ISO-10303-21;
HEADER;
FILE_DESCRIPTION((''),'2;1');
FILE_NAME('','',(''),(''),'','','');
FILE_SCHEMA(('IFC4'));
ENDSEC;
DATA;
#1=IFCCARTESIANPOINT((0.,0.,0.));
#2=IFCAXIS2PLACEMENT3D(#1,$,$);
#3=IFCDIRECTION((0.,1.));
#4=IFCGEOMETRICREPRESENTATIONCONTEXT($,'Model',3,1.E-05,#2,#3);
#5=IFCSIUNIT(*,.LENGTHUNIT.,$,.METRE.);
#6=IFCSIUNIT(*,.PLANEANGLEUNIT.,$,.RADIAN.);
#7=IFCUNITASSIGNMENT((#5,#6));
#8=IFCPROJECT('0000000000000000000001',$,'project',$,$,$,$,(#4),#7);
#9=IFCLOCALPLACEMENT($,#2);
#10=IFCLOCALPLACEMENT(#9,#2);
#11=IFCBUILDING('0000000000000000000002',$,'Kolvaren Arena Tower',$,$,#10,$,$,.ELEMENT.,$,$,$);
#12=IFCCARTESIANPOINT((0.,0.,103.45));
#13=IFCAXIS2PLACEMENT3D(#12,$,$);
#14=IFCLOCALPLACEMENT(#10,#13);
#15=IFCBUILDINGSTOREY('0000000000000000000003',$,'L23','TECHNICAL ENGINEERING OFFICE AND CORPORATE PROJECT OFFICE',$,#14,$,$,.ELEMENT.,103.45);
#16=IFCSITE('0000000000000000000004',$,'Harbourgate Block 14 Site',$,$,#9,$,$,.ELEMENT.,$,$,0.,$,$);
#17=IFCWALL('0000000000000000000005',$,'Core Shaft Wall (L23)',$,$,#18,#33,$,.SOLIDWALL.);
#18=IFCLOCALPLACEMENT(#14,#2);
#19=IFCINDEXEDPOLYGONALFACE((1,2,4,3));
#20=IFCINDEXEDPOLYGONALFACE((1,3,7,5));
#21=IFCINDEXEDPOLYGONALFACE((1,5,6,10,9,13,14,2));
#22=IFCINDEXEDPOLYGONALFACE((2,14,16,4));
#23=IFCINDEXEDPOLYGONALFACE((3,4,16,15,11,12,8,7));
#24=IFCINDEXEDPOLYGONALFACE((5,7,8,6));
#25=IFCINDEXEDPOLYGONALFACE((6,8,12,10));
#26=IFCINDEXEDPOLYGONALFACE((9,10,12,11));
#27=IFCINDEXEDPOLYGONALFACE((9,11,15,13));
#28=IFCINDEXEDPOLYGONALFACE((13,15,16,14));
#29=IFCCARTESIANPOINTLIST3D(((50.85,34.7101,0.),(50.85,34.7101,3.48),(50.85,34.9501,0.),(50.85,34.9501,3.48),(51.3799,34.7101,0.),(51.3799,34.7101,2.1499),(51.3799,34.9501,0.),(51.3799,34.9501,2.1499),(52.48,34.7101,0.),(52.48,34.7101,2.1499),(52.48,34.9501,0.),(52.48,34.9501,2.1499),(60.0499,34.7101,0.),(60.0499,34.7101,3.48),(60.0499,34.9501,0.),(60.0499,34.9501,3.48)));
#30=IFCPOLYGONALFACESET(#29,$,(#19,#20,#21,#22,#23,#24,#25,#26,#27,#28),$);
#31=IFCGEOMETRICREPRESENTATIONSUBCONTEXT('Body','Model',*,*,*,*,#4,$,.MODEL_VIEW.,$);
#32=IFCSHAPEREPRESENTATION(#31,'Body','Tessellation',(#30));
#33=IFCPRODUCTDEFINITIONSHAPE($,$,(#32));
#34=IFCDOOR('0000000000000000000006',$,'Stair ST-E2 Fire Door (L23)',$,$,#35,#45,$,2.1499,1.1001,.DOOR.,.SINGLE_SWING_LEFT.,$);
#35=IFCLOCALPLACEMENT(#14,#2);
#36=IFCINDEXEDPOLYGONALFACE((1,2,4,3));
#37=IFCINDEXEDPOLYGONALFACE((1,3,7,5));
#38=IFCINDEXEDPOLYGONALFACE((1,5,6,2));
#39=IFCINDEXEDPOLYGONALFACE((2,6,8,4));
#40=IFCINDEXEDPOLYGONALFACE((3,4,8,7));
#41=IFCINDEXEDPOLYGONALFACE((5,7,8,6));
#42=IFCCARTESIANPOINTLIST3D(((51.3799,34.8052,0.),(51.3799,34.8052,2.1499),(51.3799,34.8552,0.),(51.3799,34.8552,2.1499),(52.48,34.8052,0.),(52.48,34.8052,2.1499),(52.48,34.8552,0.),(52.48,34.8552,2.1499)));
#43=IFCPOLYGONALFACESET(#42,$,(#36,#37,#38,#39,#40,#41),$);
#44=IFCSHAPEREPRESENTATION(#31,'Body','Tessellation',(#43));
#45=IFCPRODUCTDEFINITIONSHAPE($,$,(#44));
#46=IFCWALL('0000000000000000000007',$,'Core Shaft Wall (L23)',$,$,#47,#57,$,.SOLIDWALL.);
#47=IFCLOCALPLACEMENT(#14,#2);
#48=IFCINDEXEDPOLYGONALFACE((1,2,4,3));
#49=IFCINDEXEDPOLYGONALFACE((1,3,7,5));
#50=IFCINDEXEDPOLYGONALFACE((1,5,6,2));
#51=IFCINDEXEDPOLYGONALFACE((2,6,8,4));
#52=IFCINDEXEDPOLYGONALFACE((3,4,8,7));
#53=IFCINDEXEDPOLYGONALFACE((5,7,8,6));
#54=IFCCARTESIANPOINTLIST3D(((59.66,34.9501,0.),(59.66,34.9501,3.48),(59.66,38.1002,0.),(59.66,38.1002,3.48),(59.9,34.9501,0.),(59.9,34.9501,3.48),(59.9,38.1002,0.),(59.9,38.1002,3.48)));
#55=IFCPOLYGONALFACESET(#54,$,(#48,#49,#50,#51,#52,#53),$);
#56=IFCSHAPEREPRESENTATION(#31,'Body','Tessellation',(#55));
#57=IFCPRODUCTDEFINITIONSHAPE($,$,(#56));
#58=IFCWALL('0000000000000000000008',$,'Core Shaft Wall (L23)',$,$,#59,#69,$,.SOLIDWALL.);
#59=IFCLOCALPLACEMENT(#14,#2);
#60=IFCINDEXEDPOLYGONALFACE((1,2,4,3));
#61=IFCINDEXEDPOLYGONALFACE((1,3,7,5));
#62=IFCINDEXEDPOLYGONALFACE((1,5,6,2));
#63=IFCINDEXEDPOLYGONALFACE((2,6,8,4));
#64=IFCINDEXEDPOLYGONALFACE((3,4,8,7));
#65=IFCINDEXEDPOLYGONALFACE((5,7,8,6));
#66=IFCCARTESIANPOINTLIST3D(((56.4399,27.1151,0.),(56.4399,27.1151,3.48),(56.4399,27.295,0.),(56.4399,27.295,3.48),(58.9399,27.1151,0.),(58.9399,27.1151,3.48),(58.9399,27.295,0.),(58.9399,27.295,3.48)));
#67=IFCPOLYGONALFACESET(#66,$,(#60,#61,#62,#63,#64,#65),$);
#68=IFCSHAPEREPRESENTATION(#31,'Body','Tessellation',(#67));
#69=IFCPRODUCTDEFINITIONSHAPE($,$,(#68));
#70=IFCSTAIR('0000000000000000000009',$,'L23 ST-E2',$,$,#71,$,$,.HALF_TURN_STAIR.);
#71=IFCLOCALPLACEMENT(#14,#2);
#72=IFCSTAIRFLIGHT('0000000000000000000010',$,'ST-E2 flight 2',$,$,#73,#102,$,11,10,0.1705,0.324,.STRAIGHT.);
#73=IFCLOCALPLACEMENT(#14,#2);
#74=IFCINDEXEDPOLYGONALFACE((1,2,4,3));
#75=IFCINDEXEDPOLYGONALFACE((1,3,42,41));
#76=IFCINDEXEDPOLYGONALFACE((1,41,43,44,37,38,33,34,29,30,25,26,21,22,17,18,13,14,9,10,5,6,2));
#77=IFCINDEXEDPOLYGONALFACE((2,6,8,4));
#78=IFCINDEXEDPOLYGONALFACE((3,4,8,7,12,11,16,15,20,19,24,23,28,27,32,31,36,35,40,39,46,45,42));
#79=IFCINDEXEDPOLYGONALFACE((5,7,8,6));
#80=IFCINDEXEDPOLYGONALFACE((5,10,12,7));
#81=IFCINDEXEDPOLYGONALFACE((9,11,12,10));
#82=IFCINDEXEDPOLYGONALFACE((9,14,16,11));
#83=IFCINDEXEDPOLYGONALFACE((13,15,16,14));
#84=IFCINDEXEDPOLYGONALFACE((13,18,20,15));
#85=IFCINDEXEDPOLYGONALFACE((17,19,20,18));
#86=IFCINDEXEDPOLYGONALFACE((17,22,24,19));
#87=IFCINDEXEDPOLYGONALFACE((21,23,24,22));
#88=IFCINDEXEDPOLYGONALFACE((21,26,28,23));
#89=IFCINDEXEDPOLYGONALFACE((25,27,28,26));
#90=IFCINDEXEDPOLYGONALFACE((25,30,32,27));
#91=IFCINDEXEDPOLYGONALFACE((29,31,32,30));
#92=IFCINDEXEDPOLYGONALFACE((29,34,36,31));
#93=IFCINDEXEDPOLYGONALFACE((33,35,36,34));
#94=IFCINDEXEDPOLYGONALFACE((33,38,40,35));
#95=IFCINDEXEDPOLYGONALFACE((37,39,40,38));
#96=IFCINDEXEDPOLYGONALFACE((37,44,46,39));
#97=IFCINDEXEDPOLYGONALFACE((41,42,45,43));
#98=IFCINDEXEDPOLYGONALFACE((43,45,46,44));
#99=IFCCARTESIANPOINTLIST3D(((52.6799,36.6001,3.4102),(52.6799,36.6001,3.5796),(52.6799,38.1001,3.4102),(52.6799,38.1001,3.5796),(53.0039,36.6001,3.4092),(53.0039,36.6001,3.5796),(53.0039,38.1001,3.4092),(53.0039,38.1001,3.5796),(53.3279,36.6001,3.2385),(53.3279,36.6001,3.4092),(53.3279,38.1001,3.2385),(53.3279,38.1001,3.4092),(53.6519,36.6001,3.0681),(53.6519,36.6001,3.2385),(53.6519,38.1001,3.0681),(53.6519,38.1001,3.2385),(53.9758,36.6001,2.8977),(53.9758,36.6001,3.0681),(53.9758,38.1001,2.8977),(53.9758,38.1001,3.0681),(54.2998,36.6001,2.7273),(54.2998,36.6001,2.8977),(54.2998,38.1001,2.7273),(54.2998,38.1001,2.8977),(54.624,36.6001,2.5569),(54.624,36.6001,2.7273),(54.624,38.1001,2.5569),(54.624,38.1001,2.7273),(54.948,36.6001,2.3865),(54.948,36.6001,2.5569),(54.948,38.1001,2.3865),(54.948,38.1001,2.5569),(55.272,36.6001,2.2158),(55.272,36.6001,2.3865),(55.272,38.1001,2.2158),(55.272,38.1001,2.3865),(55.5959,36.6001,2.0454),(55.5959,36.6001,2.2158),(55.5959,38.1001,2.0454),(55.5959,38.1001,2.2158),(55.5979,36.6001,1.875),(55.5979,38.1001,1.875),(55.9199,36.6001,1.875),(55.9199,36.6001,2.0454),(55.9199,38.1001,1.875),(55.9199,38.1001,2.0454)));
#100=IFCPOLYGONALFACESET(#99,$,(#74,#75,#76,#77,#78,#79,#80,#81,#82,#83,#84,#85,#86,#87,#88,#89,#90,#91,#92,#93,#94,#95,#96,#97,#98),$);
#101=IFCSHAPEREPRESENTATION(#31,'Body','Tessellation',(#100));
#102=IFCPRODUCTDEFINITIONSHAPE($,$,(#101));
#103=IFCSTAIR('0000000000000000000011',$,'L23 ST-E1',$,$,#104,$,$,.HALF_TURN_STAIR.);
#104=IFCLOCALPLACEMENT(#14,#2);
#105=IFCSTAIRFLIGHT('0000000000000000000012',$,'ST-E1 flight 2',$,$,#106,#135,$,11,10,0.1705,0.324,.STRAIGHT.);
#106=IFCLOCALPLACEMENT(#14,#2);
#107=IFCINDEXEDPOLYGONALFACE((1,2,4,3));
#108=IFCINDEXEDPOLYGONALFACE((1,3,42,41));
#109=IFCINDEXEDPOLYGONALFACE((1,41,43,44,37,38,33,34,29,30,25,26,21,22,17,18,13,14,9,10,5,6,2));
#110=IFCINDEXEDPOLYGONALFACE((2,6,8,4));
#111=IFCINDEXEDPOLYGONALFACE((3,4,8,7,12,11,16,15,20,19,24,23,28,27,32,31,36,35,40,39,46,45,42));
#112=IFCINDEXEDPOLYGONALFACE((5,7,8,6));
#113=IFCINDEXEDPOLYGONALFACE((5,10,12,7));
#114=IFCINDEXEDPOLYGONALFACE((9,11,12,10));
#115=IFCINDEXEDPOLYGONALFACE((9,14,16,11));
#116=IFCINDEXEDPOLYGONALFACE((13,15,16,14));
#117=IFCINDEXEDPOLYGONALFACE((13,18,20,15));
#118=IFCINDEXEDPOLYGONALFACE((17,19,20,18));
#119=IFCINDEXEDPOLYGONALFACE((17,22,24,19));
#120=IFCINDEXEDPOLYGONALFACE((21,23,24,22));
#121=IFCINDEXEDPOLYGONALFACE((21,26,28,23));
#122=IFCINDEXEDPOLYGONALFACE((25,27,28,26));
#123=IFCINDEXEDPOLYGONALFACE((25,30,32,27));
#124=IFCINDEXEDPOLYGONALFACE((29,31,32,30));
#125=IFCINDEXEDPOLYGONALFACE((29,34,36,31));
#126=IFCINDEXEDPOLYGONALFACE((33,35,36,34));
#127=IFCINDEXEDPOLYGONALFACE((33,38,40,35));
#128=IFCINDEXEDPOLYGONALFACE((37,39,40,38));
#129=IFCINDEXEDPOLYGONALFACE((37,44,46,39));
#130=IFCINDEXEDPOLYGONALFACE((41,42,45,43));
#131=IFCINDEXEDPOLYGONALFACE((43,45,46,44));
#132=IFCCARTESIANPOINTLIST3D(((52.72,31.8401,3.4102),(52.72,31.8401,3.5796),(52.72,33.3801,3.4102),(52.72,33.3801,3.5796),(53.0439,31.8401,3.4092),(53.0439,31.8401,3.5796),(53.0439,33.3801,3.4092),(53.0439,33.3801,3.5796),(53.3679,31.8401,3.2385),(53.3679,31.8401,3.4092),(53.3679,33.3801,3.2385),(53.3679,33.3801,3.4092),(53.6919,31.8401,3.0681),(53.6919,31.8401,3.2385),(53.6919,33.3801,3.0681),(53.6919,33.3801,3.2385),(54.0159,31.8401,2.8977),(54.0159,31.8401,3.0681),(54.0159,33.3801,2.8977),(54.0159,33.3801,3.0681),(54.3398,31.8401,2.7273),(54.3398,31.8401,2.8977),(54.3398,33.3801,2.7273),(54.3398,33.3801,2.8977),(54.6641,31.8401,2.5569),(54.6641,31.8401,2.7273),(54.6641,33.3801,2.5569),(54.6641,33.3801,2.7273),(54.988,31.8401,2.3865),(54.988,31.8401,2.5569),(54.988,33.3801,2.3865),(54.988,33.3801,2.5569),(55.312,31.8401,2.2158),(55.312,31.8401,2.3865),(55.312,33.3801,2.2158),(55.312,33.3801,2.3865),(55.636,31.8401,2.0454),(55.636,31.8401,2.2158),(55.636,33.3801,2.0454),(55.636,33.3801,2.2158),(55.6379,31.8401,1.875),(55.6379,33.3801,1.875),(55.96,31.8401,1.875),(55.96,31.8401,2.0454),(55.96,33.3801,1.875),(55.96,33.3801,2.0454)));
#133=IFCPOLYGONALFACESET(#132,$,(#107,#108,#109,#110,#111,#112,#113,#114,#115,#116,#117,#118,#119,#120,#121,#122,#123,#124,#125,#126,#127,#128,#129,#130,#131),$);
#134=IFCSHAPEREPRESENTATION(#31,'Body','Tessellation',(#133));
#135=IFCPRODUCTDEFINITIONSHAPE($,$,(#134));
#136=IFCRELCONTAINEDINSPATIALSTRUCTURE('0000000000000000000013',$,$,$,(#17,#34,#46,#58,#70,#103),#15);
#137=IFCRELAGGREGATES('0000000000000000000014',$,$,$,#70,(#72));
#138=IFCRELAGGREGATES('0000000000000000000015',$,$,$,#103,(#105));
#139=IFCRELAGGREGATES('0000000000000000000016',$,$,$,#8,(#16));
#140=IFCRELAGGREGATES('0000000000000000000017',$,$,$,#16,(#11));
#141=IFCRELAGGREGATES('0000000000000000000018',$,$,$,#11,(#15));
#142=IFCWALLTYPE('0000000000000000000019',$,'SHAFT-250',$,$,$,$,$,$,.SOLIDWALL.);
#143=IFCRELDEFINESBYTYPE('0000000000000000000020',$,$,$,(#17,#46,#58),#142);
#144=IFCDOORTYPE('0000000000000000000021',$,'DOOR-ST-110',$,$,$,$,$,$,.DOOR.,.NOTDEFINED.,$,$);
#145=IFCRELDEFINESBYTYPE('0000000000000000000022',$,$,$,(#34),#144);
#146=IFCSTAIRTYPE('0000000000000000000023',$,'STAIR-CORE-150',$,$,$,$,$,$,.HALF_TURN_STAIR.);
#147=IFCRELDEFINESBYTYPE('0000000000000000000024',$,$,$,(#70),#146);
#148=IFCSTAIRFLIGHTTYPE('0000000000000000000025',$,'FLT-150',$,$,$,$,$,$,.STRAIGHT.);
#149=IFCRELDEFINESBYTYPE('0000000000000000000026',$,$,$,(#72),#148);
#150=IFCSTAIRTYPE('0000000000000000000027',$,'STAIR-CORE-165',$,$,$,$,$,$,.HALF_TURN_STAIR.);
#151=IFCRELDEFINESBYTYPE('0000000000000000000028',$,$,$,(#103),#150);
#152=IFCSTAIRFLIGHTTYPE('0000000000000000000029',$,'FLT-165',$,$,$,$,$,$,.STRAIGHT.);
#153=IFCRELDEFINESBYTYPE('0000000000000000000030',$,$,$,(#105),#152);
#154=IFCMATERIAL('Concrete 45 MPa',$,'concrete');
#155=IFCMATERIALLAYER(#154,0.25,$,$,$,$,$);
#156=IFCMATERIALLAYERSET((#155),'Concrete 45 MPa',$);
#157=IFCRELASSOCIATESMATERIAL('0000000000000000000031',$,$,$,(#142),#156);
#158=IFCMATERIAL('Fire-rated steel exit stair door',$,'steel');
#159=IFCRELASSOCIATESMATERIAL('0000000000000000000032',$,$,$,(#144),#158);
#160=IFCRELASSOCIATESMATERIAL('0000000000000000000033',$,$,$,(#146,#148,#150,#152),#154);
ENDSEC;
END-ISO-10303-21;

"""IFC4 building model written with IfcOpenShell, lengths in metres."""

from ifc_helpers import new_model, si_unit, direction, frame, frame_2d, origin, place, context, subcontext, project, spatial, polyline, rectangle, outline, extrude, material, layer, layer_set, type_object, element, fill, aggregate, save


model = new_model("IFC4")

# Units and contexts
model_context = context("Model", 3, precision=1e-05, world=origin(), true_north=direction((0.0, 1.0)))
body_context = subcontext(model_context, "Body", "Model", "MODEL_VIEW")
ifc_project = project(units=[si_unit("LENGTHUNIT", "METRE"), si_unit("PLANEANGLEUNIT", "RADIAN")], contexts=[model_context])

# Site, building, storey
site_placement = place(None, origin())
site = spatial("IfcSite", under=ifc_project, at=site_placement, Name="Harbourgate Block 14 Site", CompositionType="ELEMENT", RefElevation=0.0)
building_placement = place(site_placement, origin())
building = spatial("IfcBuilding", under=site, at=building_placement, Name="Kolvaren Arena Tower", CompositionType="ELEMENT")
storey_placement = place(building_placement, frame((0.0, 0.0, 103.45)))
storey = spatial("IfcBuildingStorey", under=building, at=storey_placement, Name="L23", Description="TECHNICAL ENGINEERING OFFICE AND CORPORATE PROJECT OFFICE", CompositionType="ELEMENT", Elevation=103.45)

# Shared definitions
ifc_material_1 = material(Name="Concrete 45 MPa", Category="concrete")
ifc_layer = layer(ifc_material_1, 0.25)
ifc_layer_set = layer_set([ifc_layer], Name="Concrete 45 MPa")
wall_type = type_object("IfcWallType", Name="SHAFT-250", PredefinedType="SOLIDWALL", material=ifc_layer_set)
ifc_material_2 = material(Name="Fire-rated steel exit stair door", Category="steel")
door_type = type_object("IfcDoorType", Name="DOOR-ST-110", OperationType="NOTDEFINED", PredefinedType="DOOR", material=ifc_material_2)

# Wall, opening, door
wall_1_placement = place(storey_placement, frame((60.05, 34.8301, 0.0), z_axis=(0.0, 0.0, 1.0), x_axis=(-1.0, 0.0, 0.0)))
wall_1 = element("IfcWall", 1, at=wall_1_placement, inside=storey, type_object=wall_type, Name="Core Shaft Wall (L23)", PredefinedType="SOLIDWALL", context=body_context, shape_type="SweptSolid", body=[
    extrude(rectangle(XDim=9.2, YDim=0.24, at=frame_2d((4.6001, 0.0))), origin(), (0.0, 0.0, 1.0), 3.48),
])
opening_1_placement = place(wall_1_placement, frame((7.5701, 0.0, 0.0)))
opening_1 = element("IfcOpeningElement", 2, at=opening_1_placement, cuts=wall_1, PredefinedType="OPENING", context=body_context, shape_type="SweptSolid", body=[
    extrude(rectangle(XDim=1.1001, YDim=2.1499, at=frame_2d((0.55, 1.075))), frame((0.0, 0.1299, 0.0), z_axis=(0.0, -1.0, 0.0), x_axis=(1.0, 0.0, 0.0)), (0.0, 0.0, 1.0), 0.26),
])
door_1_placement = place(opening_1_placement, origin())
door_1 = element("IfcDoor", 3, at=door_1_placement, inside=storey, type_object=door_type, Name="Stair ST-E2 Fire Door (L23)", OperationType="SINGLE_SWING_LEFT", OverallHeight=2.1499, OverallWidth=1.1001, PredefinedType="DOOR", context=body_context, shape_type="SweptSolid", body=[
    extrude(rectangle(XDim=1.1001, YDim=2.1499, at=frame_2d((0.55, 1.075))), frame((0.0, 0.0249, 0.0), z_axis=(0.0, -1.0, 0.0), x_axis=(1.0, 0.0, 0.0)), (0.0, 0.0, 1.0), 0.05),
])
fill(opening_1, door_1)

# Walls
wall_2_placement = place(storey_placement, frame((59.78, 34.95, 0.0), z_axis=(0.0, 0.0, 1.0), x_axis=(0.0, 1.0, 0.0)))
element("IfcWall", 4, at=wall_2_placement, inside=storey, type_object=wall_type, Name="Core Shaft Wall (L23)", PredefinedType="SOLIDWALL", context=body_context, shape_type="SweptSolid", body=[
    extrude(rectangle(XDim=3.1501, YDim=0.24, at=frame_2d((1.5752, 0.0))), origin(), (0.0, 0.0, 1.0), 3.48),
])
wall_3_placement = place(storey_placement, frame((56.4399, 27.2051, 0.0), z_axis=(0.0, 0.0, 1.0), x_axis=(1.0, 0.0, 0.0)))
element("IfcWall", 5, at=wall_3_placement, inside=storey, type_object=wall_type, Name="Core Shaft Wall (L23)", PredefinedType="SOLIDWALL", context=body_context, shape_type="SweptSolid", body=[
    extrude(rectangle(XDim=2.5, YDim=0.1799, at=frame_2d((1.25, 0.0))), origin(), (0.0, 0.0, 1.0), 3.48),
])

# Stairs, stair flights
stair_type_1 = type_object("IfcStairType", Name="STAIR-CORE-150", PredefinedType="HALF_TURN_STAIR", material=ifc_material_1)
stair_1_placement = place(storey_placement, origin())
stair_1 = element("IfcStair", 6, at=stair_1_placement, inside=storey, type_object=stair_type_1, Name="L23 ST-E2", PredefinedType="HALF_TURN_STAIR")
stair_flight_type_1 = type_object("IfcStairFlightType", Name="FLT-150", PredefinedType="STRAIGHT", material=ifc_material_1)
stair_flight_1_placement = place(storey_placement, frame((55.9199, 37.3501, 1.875), z_axis=(0.0, 0.0, 1.0), x_axis=(-1.0, 0.0, 0.0)))
stair_flight_1 = element("IfcStairFlight", 7, at=stair_flight_1_placement, type_object=stair_flight_type_1, Name="ST-E2 flight 2", NumberOfRisers=11, NumberOfTreads=10, PredefinedType="STRAIGHT", RiserHeight=0.1705, TreadLength=0.324, context=body_context, shape_type="SweptSolid", body=[
    extrude(outline(polyline([(0.0, 0.0), (0.0, 0.1704), (0.324, 0.1704), (0.324, 0.3408), (0.6479, 0.3408), (0.6479, 0.5115), (0.9719, 0.5115), (0.9719, 0.6819), (1.2959, 0.6819), (1.2959, 0.8523), (1.6201, 0.8523), (1.6201, 1.0227), (1.9441, 1.0227), (1.9441, 1.1931), (2.2681, 1.1931), (2.2681, 1.3635), (2.592, 1.3635), (2.592, 1.5342), (2.916, 1.5342), (2.916, 1.7046), (3.24, 1.7046), (3.24, 1.875), (3.24, 1.5352), (0.322, 0.0), (0.0, 0.0)])), frame((0.0, 0.75, 0.0), z_axis=(0.0, -1.0, 0.0), x_axis=(1.0, 0.0, 0.0)), (0.0, 0.0, 1.0), 1.5),
])
aggregate(stair_1, [stair_flight_1])
stair_type_2 = type_object("IfcStairType", Name="STAIR-CORE-165", PredefinedType="HALF_TURN_STAIR", material=ifc_material_1)
stair_2_placement = place(storey_placement, origin())
stair_2 = element("IfcStair", 8, at=stair_2_placement, inside=storey, type_object=stair_type_2, Name="L23 ST-E1", PredefinedType="HALF_TURN_STAIR")
stair_flight_type_2 = type_object("IfcStairFlightType", Name="FLT-165", PredefinedType="STRAIGHT", material=ifc_material_1)
stair_flight_2_placement = place(storey_placement, frame((55.96, 32.6101, 1.875), z_axis=(0.0, 0.0, 1.0), x_axis=(-1.0, 0.0, 0.0)))
stair_flight_2 = element("IfcStairFlight", 9, at=stair_flight_2_placement, type_object=stair_flight_type_2, Name="ST-E1 flight 2", NumberOfRisers=11, NumberOfTreads=10, PredefinedType="STRAIGHT", RiserHeight=0.1705, TreadLength=0.324, context=body_context, shape_type="SweptSolid", body=[
    extrude(outline(polyline([(0.0, 0.0), (0.0, 0.1704), (0.324, 0.1704), (0.324, 0.3408), (0.6479, 0.3408), (0.6479, 0.5115), (0.9719, 0.5115), (0.9719, 0.6819), (1.2959, 0.6819), (1.2959, 0.8523), (1.6201, 0.8523), (1.6201, 1.0227), (1.9441, 1.0227), (1.9441, 1.1931), (2.2681, 1.1931), (2.2681, 1.3635), (2.592, 1.3635), (2.592, 1.5342), (2.916, 1.5342), (2.916, 1.7046), (3.24, 1.7046), (3.24, 1.875), (3.24, 1.5352), (0.322, 0.0), (0.0, 0.0)])), frame((0.0, 0.77, 0.0), z_axis=(0.0, -1.0, 0.0), x_axis=(1.0, 0.0, 0.0)), (0.0, 0.0, 1.0), 1.54),
])
aggregate(stair_2, [stair_flight_2])

save(model, "model.ifc")
